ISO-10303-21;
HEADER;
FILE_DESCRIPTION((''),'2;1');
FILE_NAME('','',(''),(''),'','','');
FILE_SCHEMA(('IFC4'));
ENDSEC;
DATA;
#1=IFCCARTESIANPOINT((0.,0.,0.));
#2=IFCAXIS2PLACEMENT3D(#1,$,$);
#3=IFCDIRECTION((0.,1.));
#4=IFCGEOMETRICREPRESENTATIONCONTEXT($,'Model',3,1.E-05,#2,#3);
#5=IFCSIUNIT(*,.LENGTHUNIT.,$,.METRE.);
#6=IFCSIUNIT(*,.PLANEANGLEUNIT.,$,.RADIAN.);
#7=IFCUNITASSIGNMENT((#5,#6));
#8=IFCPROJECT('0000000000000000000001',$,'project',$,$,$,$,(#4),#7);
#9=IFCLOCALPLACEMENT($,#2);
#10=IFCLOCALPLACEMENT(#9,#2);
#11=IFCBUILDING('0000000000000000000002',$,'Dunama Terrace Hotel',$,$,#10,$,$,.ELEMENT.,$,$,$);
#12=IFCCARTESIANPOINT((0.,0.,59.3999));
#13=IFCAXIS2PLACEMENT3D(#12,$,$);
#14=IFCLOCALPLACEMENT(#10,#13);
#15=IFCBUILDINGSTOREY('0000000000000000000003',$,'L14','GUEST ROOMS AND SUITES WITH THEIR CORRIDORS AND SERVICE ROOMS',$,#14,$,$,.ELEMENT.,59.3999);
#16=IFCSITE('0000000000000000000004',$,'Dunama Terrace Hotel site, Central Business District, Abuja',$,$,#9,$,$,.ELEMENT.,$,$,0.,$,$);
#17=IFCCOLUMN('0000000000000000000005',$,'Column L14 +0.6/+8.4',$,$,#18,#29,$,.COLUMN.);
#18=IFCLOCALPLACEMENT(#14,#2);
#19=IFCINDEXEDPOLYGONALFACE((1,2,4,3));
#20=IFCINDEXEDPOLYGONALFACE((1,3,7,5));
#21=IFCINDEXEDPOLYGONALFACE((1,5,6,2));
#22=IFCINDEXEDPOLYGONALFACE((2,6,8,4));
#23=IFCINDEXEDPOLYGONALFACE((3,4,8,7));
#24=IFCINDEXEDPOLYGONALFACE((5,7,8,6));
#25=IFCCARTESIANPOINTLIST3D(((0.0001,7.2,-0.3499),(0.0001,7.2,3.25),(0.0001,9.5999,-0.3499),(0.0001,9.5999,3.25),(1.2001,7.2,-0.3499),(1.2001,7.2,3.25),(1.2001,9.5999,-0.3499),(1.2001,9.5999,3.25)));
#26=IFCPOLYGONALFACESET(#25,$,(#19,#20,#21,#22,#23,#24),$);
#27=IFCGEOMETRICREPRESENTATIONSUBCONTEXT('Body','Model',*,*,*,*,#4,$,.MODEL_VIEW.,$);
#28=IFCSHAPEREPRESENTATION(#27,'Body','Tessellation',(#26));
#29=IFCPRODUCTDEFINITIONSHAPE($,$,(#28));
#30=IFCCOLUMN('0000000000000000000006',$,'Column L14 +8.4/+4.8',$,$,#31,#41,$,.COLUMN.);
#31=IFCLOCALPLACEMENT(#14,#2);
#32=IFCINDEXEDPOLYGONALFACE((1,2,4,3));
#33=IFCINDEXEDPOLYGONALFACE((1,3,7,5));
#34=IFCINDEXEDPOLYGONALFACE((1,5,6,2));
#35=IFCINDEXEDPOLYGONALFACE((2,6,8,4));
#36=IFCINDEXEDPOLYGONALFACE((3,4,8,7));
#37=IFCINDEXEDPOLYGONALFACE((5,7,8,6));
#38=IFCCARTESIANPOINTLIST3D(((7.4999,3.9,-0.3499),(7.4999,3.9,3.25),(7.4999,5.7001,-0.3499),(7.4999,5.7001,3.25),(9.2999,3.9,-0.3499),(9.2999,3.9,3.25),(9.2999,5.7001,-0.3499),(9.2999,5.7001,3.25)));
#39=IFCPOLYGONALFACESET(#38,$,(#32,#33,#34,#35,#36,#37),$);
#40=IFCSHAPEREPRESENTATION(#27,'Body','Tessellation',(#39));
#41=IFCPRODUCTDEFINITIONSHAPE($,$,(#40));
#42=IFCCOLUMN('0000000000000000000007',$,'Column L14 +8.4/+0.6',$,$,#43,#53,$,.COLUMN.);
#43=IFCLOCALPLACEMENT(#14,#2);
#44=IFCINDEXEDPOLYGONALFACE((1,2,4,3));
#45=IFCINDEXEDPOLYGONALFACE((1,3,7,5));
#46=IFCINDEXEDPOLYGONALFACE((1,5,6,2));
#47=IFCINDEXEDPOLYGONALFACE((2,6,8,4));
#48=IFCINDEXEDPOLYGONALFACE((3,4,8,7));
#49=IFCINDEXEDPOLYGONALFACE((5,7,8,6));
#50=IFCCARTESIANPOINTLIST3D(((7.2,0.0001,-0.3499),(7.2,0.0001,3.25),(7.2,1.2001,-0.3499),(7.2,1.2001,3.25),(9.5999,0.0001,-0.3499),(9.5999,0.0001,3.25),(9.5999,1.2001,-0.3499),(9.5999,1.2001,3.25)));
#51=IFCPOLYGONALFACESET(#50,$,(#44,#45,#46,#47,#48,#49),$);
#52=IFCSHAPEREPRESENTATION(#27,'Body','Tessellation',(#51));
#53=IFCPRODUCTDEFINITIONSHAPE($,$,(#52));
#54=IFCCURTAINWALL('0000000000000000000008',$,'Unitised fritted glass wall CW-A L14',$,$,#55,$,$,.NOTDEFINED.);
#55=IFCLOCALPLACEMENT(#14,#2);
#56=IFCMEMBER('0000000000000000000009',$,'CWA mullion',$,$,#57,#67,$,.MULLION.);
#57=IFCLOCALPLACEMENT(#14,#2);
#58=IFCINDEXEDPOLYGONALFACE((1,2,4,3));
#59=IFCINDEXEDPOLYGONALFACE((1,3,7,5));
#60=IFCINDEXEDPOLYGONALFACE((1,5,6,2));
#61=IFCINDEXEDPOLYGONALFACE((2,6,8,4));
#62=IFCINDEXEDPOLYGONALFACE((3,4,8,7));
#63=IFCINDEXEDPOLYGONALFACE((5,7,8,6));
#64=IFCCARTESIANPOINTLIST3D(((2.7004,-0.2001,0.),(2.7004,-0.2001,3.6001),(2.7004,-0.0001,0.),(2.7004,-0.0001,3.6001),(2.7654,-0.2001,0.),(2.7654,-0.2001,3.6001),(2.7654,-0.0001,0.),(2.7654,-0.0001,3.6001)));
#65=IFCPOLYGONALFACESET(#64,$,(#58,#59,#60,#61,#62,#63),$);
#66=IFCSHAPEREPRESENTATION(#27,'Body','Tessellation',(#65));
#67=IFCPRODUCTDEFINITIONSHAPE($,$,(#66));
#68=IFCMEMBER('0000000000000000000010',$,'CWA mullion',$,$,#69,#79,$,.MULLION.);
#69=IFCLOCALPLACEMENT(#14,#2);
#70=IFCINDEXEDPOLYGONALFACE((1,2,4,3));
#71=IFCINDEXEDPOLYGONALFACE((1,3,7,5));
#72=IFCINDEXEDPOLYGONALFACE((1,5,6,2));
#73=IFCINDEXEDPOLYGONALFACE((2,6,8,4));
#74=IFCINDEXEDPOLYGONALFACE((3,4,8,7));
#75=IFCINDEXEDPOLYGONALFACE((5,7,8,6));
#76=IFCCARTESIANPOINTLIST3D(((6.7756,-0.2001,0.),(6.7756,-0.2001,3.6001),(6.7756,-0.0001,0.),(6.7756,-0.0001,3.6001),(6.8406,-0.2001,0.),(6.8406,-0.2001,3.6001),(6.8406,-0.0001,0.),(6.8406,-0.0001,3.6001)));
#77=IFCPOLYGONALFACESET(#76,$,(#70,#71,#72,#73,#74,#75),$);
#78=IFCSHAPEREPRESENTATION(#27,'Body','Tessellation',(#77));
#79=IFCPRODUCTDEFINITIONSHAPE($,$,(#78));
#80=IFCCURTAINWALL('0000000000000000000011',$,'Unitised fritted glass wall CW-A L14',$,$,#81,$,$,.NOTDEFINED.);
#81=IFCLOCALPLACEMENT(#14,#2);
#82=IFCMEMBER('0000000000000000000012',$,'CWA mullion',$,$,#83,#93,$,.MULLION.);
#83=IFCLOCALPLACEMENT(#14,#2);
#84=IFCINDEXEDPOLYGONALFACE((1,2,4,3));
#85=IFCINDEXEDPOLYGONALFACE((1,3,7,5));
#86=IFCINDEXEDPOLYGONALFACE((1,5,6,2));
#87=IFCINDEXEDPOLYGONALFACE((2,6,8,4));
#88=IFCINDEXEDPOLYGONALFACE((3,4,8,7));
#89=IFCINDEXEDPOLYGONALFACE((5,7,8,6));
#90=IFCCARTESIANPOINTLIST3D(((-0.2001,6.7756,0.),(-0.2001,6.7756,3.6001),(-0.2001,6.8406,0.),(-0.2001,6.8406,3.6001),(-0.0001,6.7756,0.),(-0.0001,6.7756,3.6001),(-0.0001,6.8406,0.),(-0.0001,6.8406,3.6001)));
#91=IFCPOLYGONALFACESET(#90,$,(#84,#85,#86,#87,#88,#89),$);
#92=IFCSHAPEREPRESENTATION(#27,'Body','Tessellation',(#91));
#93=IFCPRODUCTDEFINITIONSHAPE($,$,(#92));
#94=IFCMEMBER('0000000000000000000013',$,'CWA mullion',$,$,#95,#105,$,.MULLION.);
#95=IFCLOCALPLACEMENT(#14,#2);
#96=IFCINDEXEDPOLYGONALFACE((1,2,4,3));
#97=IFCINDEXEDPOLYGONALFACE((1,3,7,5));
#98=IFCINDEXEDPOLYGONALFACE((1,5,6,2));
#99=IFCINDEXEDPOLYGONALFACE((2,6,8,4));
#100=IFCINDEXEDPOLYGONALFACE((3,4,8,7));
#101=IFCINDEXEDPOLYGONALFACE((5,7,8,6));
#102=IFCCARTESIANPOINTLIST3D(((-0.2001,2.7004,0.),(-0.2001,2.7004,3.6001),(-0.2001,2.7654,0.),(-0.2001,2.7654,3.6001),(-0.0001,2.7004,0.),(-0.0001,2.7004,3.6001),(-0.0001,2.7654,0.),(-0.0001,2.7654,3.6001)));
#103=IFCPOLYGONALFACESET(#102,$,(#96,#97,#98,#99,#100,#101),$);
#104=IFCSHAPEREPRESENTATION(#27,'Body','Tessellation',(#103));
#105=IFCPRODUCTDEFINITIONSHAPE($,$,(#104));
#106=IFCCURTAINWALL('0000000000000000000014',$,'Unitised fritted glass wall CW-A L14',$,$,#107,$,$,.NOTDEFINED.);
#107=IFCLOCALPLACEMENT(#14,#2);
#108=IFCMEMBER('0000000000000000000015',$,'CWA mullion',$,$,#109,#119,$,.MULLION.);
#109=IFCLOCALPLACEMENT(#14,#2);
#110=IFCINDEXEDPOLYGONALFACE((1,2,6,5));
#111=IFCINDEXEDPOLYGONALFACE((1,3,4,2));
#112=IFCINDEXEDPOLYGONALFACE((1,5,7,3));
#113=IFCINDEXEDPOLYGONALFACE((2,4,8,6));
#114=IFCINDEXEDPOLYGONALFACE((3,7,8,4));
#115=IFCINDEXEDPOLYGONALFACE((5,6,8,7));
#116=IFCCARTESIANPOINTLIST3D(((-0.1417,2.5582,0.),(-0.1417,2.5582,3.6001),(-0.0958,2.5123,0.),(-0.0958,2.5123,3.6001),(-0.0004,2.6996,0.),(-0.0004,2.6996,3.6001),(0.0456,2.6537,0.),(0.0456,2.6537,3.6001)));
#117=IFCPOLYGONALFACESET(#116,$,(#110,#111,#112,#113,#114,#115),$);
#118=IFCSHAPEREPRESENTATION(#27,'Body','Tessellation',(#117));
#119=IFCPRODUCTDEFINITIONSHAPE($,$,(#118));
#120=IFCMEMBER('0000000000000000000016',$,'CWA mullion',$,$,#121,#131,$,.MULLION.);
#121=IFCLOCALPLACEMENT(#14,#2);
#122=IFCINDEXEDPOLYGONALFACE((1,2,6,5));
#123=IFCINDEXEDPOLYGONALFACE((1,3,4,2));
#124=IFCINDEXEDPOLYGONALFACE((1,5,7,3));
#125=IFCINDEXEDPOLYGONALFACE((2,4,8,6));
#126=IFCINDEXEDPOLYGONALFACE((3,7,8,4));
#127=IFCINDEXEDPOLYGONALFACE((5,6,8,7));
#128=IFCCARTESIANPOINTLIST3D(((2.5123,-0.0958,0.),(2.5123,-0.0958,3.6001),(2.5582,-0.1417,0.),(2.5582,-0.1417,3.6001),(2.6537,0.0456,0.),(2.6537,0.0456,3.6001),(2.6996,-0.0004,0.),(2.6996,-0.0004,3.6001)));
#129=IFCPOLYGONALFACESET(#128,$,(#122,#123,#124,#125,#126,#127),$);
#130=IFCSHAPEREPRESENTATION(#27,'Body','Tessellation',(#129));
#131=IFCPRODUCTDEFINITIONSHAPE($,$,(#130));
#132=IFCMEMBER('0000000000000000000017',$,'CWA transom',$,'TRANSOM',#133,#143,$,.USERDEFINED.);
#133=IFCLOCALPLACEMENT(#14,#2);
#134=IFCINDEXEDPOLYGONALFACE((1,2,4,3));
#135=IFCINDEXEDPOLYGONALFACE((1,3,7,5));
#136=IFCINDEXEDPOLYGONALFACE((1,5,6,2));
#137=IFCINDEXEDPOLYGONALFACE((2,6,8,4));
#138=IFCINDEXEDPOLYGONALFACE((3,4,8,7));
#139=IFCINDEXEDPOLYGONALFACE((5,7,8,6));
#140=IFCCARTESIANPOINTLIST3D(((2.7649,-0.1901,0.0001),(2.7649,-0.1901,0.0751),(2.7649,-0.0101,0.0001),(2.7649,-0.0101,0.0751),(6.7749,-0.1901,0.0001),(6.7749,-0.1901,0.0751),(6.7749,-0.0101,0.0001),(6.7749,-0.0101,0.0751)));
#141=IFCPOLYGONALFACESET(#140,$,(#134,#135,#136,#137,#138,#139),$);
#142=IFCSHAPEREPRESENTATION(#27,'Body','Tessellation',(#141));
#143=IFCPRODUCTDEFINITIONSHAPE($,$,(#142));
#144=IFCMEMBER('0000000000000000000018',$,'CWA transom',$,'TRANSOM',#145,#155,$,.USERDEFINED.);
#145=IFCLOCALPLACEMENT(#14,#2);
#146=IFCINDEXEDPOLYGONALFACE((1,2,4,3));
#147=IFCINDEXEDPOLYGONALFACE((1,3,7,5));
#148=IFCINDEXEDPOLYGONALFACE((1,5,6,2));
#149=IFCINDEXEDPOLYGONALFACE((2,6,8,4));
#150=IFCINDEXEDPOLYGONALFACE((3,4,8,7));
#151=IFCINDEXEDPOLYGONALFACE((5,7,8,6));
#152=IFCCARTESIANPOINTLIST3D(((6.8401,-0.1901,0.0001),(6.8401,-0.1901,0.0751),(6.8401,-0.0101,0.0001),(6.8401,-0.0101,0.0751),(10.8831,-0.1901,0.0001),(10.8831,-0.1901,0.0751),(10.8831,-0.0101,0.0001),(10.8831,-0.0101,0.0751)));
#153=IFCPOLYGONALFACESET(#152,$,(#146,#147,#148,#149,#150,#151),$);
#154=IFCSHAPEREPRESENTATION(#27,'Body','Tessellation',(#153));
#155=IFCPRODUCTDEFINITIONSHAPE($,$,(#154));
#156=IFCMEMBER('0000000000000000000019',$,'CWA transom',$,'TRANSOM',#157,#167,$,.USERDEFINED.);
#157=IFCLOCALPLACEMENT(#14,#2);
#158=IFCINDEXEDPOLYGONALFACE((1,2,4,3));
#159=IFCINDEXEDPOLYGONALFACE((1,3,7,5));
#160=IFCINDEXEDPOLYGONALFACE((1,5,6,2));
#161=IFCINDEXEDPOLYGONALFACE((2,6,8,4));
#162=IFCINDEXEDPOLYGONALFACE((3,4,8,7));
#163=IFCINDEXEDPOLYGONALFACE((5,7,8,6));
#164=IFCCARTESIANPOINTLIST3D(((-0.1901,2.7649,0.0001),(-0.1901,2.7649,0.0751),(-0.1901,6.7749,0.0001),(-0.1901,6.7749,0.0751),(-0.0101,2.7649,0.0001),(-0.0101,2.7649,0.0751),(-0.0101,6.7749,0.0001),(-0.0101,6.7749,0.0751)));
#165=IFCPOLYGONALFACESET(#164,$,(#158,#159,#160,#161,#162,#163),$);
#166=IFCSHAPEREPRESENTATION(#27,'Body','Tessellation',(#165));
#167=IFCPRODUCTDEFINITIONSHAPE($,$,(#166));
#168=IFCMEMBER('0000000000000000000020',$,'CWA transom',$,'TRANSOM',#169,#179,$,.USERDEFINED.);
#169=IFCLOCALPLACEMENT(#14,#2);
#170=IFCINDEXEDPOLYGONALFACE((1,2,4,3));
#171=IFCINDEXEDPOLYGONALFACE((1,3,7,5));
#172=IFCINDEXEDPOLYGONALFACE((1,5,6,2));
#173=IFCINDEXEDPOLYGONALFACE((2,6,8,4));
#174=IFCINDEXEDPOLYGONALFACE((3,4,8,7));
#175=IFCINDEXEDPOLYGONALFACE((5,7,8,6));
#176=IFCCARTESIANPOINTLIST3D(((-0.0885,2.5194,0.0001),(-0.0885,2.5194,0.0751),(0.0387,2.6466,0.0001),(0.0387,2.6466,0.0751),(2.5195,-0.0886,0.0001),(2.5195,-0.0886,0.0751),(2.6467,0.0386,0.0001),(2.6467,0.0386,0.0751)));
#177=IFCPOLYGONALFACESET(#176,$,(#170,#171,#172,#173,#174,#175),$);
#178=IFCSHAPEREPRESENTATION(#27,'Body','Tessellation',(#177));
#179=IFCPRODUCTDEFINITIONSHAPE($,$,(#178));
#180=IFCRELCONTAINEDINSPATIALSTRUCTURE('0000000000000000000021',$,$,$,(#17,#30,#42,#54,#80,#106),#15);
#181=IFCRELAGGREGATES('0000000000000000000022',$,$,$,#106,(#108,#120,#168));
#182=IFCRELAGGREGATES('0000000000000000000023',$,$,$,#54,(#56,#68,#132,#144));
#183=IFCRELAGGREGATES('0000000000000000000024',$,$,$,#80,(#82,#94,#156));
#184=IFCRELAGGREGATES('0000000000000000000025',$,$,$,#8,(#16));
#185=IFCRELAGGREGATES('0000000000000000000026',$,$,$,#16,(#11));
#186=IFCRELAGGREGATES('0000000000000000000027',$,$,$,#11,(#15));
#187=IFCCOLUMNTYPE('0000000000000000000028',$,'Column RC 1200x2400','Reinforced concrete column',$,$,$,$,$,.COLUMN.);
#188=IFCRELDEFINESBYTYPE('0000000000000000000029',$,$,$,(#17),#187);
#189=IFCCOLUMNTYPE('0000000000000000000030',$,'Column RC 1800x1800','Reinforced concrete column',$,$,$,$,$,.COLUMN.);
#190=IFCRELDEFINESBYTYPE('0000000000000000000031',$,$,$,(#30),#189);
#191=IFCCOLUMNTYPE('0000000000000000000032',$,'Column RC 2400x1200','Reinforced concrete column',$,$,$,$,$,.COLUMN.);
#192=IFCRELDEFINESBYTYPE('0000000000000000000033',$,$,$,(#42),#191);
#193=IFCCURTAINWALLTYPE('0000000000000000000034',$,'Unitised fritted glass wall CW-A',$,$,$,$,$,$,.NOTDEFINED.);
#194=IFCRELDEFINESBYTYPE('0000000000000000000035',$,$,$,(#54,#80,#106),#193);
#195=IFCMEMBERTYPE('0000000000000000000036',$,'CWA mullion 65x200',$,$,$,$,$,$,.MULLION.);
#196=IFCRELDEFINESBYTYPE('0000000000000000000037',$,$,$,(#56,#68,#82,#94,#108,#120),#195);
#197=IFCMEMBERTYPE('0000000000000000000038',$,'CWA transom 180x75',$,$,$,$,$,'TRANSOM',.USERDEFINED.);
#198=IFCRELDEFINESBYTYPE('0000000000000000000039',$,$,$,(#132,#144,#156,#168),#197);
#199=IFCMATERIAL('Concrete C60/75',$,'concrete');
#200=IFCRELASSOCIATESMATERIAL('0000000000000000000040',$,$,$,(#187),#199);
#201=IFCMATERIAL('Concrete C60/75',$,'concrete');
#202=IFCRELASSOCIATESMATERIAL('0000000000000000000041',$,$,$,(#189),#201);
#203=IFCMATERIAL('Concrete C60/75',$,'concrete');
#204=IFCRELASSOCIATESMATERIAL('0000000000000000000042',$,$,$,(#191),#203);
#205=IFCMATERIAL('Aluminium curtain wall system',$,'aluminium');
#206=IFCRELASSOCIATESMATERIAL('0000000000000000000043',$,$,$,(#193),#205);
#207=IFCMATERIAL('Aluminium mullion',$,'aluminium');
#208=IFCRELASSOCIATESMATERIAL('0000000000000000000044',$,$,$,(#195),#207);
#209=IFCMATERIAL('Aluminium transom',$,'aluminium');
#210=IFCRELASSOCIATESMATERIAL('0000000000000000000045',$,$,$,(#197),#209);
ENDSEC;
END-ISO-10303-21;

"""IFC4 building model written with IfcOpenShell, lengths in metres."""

from ifc_helpers import new_model, si_unit, direction, frame, origin, origin_2d, place, context, subcontext, project, spatial, rectangle, extrude, material, material_profile, profile_set, type_object, element, aggregate, save


model = new_model("IFC4")

# Units and contexts
model_context = context("Model", 3, precision=1e-05, world=origin(), true_north=direction((0.0, 1.0)))
body_context = subcontext(model_context, "Body", "Model", "MODEL_VIEW")
ifc_project = project(units=[si_unit("LENGTHUNIT", "METRE"), si_unit("PLANEANGLEUNIT", "RADIAN")], contexts=[model_context])

# Site, building, storey
site_placement = place(None, origin())
site = spatial("IfcSite", under=ifc_project, at=site_placement, Name="Dunama Terrace Hotel site, Central Business District, Abuja", CompositionType="ELEMENT", RefElevation=0.0)
building_placement = place(site_placement, origin())
building = spatial("IfcBuilding", under=site, at=building_placement, Name="Dunama Terrace Hotel", CompositionType="ELEMENT")
storey_placement = place(building_placement, frame((0.0, 0.0, 59.3999)))
storey = spatial("IfcBuildingStorey", under=building, at=storey_placement, Name="L14", Description="GUEST ROOMS AND SUITES WITH THEIR CORRIDORS AND SERVICE ROOMS", CompositionType="ELEMENT", Elevation=59.3999)

# Columns
ifc_material_1 = material(Name="Concrete C60/75", Category="concrete")
ifc_material_profile_1 = material_profile(ifc_material_1, rectangle(XDim=1.2, YDim=2.3999, at=origin_2d()), Name="RC 1200x2400")
ifc_profile_set_1 = profile_set([ifc_material_profile_1], Name="Concrete C60/75")
column_type_1 = type_object("IfcColumnType", Name="Column RC 1200x2400", Description="Reinforced concrete column", PredefinedType="COLUMN", material=ifc_profile_set_1)
column_1_placement = place(storey_placement, frame((0.6001, 8.3999, -0.3499), z_axis=(0.0, 0.0, 1.0), x_axis=(1.0, 0.0, 0.0)))
element("IfcColumn", 1, at=column_1_placement, inside=storey, type_object=column_type_1, Name="Column L14 +0.6/+8.4", PredefinedType="COLUMN", context=body_context, shape_type="SweptSolid", body=[
    extrude(rectangle(XDim=1.2, YDim=2.3999, at=origin_2d()), origin(), (0.0, 0.0, 1.0), 3.5999),
])
ifc_material_2 = material(Name="Concrete C60/75", Category="concrete")
ifc_material_profile_2 = material_profile(ifc_material_2, rectangle(XDim=1.8, YDim=1.8, at=origin_2d()), Name="RC 1800x1800")
ifc_profile_set_2 = profile_set([ifc_material_profile_2], Name="Concrete C60/75")
column_type_2 = type_object("IfcColumnType", Name="Column RC 1800x1800", Description="Reinforced concrete column", PredefinedType="COLUMN", material=ifc_profile_set_2)
column_2_placement = place(storey_placement, frame((8.3999, 4.8, -0.3499), z_axis=(0.0, 0.0, 1.0), x_axis=(1.0, 0.0, 0.0)))
element("IfcColumn", 2, at=column_2_placement, inside=storey, type_object=column_type_2, Name="Column L14 +8.4/+4.8", PredefinedType="COLUMN", context=body_context, shape_type="SweptSolid", body=[
    extrude(rectangle(XDim=1.8, YDim=1.8, at=origin_2d()), origin(), (0.0, 0.0, 1.0), 3.5999),
])
ifc_material_3 = material(Name="Concrete C60/75", Category="concrete")
ifc_material_profile_3 = material_profile(ifc_material_3, rectangle(XDim=2.3999, YDim=1.2, at=origin_2d()), Name="RC 2400x1200")
ifc_profile_set_3 = profile_set([ifc_material_profile_3], Name="Concrete C60/75")
column_type_3 = type_object("IfcColumnType", Name="Column RC 2400x1200", Description="Reinforced concrete column", PredefinedType="COLUMN", material=ifc_profile_set_3)
column_3_placement = place(storey_placement, frame((8.3999, 0.6001, -0.3499), z_axis=(0.0, 0.0, 1.0), x_axis=(1.0, 0.0, 0.0)))
element("IfcColumn", 3, at=column_3_placement, inside=storey, type_object=column_type_3, Name="Column L14 +8.4/+0.6", PredefinedType="COLUMN", context=body_context, shape_type="SweptSolid", body=[
    extrude(rectangle(XDim=2.3999, YDim=1.2, at=origin_2d()), origin(), (0.0, 0.0, 1.0), 3.5999),
])

# Curtain walls, members
ifc_material_4 = material(Name="Aluminium curtain wall system", Category="aluminium")
curtain_wall_type = type_object("IfcCurtainWallType", Name="Unitised fritted glass wall CW-A", PredefinedType="NOTDEFINED", material=ifc_material_4)
curtain_wall_1_placement = place(storey_placement, origin())
curtain_wall_1 = element("IfcCurtainWall", 4, at=curtain_wall_1_placement, inside=storey, type_object=curtain_wall_type, Name="Unitised fritted glass wall CW-A L14", PredefinedType="NOTDEFINED")
ifc_material_5 = material(Name="Aluminium mullion", Category="aluminium")
ifc_material_profile_4 = material_profile(ifc_material_5, rectangle(XDim=0.0649, YDim=0.2, at=origin_2d()), Name="CWA MULLION 65X200")
ifc_profile_set_4 = profile_set([ifc_material_profile_4], Name="Aluminium mullion")
member_type_1 = type_object("IfcMemberType", Name="CWA mullion 65x200", PredefinedType="MULLION", material=ifc_profile_set_4)
member_1_placement = place(storey_placement, frame((2.7329, -0.1001, 0.0), z_axis=(0.0, 0.0, 1.0), x_axis=(1.0, 0.0, 0.0)))
member_1 = element("IfcMember", 5, at=member_1_placement, type_object=member_type_1, Name="CWA mullion", PredefinedType="MULLION", context=body_context, shape_type="SweptSolid", body=[
    extrude(rectangle(XDim=0.0649, YDim=0.2, at=origin_2d()), origin(), (0.0, 0.0, 1.0), 3.6001),
])
member_2_placement = place(storey_placement, frame((6.8081, -0.1001, 0.0), z_axis=(0.0, 0.0, 1.0), x_axis=(1.0, 0.0, 0.0)))
member_2 = element("IfcMember", 6, at=member_2_placement, type_object=member_type_1, Name="CWA mullion", PredefinedType="MULLION", context=body_context, shape_type="SweptSolid", body=[
    extrude(rectangle(XDim=0.0649, YDim=0.2, at=origin_2d()), origin(), (0.0, 0.0, 1.0), 3.6001),
])
curtain_wall_2_placement = place(storey_placement, origin())
curtain_wall_2 = element("IfcCurtainWall", 7, at=curtain_wall_2_placement, inside=storey, type_object=curtain_wall_type, Name="Unitised fritted glass wall CW-A L14", PredefinedType="NOTDEFINED")
member_3_placement = place(storey_placement, frame((-0.1001, 6.8081, 0.0), z_axis=(0.0, 0.0, 1.0), x_axis=(0.0, -1.0, 0.0)))
member_3 = element("IfcMember", 8, at=member_3_placement, type_object=member_type_1, Name="CWA mullion", PredefinedType="MULLION", context=body_context, shape_type="SweptSolid", body=[
    extrude(rectangle(XDim=0.0649, YDim=0.2, at=origin_2d()), origin(), (0.0, 0.0, 1.0), 3.6001),
])
member_4_placement = place(storey_placement, frame((-0.1001, 2.7329, 0.0), z_axis=(0.0, 0.0, 1.0), x_axis=(0.0, -1.0, 0.0)))
member_4 = element("IfcMember", 9, at=member_4_placement, type_object=member_type_1, Name="CWA mullion", PredefinedType="MULLION", context=body_context, shape_type="SweptSolid", body=[
    extrude(rectangle(XDim=0.0649, YDim=0.2, at=origin_2d()), origin(), (0.0, 0.0, 1.0), 3.6001),
])
curtain_wall_3_placement = place(storey_placement, origin())
curtain_wall_3 = element("IfcCurtainWall", 10, at=curtain_wall_3_placement, inside=storey, type_object=curtain_wall_type, Name="Unitised fritted glass wall CW-A L14", PredefinedType="NOTDEFINED")
member_5_placement = place(storey_placement, frame((-0.0481, 2.606, 0.0), z_axis=(0.0, 0.0, 1.0), x_axis=(0.707107, -0.707107, 0.0)))
member_5 = element("IfcMember", 11, at=member_5_placement, type_object=member_type_1, Name="CWA mullion", PredefinedType="MULLION", context=body_context, shape_type="SweptSolid", body=[
    extrude(rectangle(XDim=0.0649, YDim=0.2, at=origin_2d()), origin(), (0.0, 0.0, 1.0), 3.6001),
])
member_6_placement = place(storey_placement, frame((2.606, -0.0481, 0.0), z_axis=(0.0, 0.0, 1.0), x_axis=(0.707107, -0.707107, 0.0)))
member_6 = element("IfcMember", 12, at=member_6_placement, type_object=member_type_1, Name="CWA mullion", PredefinedType="MULLION", context=body_context, shape_type="SweptSolid", body=[
    extrude(rectangle(XDim=0.0649, YDim=0.2, at=origin_2d()), origin(), (0.0, 0.0, 1.0), 3.6001),
])

# Members
ifc_material_6 = material(Name="Aluminium transom", Category="aluminium")
ifc_material_profile_5 = material_profile(ifc_material_6, rectangle(XDim=0.1799, YDim=0.075, at=origin_2d()), Name="CWA TRANSOM 180X75")
ifc_profile_set_5 = profile_set([ifc_material_profile_5], Name="Aluminium transom")
member_type_2 = type_object("IfcMemberType", Name="CWA transom 180x75", ElementType="TRANSOM", PredefinedType="USERDEFINED", material=ifc_profile_set_5)
member_7_placement = place(storey_placement, frame((2.7649, -0.1001, 0.0376), z_axis=(1.0, 0.0, 0.0), x_axis=(0.0, 1.0, 0.0)))
member_7 = element("IfcMember", 13, at=member_7_placement, type_object=member_type_2, Name="CWA transom", ObjectType="TRANSOM", PredefinedType="USERDEFINED", context=body_context, shape_type="SweptSolid", body=[
    extrude(rectangle(XDim=0.1799, YDim=0.075, at=origin_2d()), origin(), (0.0, 0.0, 1.0), 4.01),
])
member_8_placement = place(storey_placement, frame((6.8401, -0.1001, 0.0376), z_axis=(1.0, 0.0, 0.0), x_axis=(0.0, 1.0, 0.0)))
member_8 = element("IfcMember", 14, at=member_8_placement, type_object=member_type_2, Name="CWA transom", ObjectType="TRANSOM", PredefinedType="USERDEFINED", context=body_context, shape_type="SweptSolid", body=[
    extrude(rectangle(XDim=0.1799, YDim=0.075, at=origin_2d()), origin(), (0.0, 0.0, 1.0), 4.043),
])
member_9_placement = place(storey_placement, frame((-0.1001, 6.7749, 0.0376), z_axis=(0.0, -1.0, 0.0), x_axis=(1.0, 0.0, 0.0)))
member_9 = element("IfcMember", 15, at=member_9_placement, type_object=member_type_2, Name="CWA transom", ObjectType="TRANSOM", PredefinedType="USERDEFINED", context=body_context, shape_type="SweptSolid", body=[
    extrude(rectangle(XDim=0.1799, YDim=0.075, at=origin_2d()), origin(), (0.0, 0.0, 1.0), 4.01),
])
member_10_placement = place(storey_placement, frame((-0.0249, 2.583, 0.0376), z_axis=(0.707107, -0.707107, 0.0), x_axis=(0.707107, 0.707107, 0.0)))
member_10 = element("IfcMember", 16, at=member_10_placement, type_object=member_type_2, Name="CWA transom", ObjectType="TRANSOM", PredefinedType="USERDEFINED", context=body_context, shape_type="SweptSolid", body=[
    extrude(rectangle(XDim=0.1799, YDim=0.075, at=origin_2d()), origin(), (0.0, 0.0, 1.0), 3.6882),
])

aggregate(curtain_wall_3, [member_5, member_6, member_10])
aggregate(curtain_wall_1, [member_1, member_2, member_7, member_8])
aggregate(curtain_wall_2, [member_3, member_4, member_9])

save(model, "model.ifc")
